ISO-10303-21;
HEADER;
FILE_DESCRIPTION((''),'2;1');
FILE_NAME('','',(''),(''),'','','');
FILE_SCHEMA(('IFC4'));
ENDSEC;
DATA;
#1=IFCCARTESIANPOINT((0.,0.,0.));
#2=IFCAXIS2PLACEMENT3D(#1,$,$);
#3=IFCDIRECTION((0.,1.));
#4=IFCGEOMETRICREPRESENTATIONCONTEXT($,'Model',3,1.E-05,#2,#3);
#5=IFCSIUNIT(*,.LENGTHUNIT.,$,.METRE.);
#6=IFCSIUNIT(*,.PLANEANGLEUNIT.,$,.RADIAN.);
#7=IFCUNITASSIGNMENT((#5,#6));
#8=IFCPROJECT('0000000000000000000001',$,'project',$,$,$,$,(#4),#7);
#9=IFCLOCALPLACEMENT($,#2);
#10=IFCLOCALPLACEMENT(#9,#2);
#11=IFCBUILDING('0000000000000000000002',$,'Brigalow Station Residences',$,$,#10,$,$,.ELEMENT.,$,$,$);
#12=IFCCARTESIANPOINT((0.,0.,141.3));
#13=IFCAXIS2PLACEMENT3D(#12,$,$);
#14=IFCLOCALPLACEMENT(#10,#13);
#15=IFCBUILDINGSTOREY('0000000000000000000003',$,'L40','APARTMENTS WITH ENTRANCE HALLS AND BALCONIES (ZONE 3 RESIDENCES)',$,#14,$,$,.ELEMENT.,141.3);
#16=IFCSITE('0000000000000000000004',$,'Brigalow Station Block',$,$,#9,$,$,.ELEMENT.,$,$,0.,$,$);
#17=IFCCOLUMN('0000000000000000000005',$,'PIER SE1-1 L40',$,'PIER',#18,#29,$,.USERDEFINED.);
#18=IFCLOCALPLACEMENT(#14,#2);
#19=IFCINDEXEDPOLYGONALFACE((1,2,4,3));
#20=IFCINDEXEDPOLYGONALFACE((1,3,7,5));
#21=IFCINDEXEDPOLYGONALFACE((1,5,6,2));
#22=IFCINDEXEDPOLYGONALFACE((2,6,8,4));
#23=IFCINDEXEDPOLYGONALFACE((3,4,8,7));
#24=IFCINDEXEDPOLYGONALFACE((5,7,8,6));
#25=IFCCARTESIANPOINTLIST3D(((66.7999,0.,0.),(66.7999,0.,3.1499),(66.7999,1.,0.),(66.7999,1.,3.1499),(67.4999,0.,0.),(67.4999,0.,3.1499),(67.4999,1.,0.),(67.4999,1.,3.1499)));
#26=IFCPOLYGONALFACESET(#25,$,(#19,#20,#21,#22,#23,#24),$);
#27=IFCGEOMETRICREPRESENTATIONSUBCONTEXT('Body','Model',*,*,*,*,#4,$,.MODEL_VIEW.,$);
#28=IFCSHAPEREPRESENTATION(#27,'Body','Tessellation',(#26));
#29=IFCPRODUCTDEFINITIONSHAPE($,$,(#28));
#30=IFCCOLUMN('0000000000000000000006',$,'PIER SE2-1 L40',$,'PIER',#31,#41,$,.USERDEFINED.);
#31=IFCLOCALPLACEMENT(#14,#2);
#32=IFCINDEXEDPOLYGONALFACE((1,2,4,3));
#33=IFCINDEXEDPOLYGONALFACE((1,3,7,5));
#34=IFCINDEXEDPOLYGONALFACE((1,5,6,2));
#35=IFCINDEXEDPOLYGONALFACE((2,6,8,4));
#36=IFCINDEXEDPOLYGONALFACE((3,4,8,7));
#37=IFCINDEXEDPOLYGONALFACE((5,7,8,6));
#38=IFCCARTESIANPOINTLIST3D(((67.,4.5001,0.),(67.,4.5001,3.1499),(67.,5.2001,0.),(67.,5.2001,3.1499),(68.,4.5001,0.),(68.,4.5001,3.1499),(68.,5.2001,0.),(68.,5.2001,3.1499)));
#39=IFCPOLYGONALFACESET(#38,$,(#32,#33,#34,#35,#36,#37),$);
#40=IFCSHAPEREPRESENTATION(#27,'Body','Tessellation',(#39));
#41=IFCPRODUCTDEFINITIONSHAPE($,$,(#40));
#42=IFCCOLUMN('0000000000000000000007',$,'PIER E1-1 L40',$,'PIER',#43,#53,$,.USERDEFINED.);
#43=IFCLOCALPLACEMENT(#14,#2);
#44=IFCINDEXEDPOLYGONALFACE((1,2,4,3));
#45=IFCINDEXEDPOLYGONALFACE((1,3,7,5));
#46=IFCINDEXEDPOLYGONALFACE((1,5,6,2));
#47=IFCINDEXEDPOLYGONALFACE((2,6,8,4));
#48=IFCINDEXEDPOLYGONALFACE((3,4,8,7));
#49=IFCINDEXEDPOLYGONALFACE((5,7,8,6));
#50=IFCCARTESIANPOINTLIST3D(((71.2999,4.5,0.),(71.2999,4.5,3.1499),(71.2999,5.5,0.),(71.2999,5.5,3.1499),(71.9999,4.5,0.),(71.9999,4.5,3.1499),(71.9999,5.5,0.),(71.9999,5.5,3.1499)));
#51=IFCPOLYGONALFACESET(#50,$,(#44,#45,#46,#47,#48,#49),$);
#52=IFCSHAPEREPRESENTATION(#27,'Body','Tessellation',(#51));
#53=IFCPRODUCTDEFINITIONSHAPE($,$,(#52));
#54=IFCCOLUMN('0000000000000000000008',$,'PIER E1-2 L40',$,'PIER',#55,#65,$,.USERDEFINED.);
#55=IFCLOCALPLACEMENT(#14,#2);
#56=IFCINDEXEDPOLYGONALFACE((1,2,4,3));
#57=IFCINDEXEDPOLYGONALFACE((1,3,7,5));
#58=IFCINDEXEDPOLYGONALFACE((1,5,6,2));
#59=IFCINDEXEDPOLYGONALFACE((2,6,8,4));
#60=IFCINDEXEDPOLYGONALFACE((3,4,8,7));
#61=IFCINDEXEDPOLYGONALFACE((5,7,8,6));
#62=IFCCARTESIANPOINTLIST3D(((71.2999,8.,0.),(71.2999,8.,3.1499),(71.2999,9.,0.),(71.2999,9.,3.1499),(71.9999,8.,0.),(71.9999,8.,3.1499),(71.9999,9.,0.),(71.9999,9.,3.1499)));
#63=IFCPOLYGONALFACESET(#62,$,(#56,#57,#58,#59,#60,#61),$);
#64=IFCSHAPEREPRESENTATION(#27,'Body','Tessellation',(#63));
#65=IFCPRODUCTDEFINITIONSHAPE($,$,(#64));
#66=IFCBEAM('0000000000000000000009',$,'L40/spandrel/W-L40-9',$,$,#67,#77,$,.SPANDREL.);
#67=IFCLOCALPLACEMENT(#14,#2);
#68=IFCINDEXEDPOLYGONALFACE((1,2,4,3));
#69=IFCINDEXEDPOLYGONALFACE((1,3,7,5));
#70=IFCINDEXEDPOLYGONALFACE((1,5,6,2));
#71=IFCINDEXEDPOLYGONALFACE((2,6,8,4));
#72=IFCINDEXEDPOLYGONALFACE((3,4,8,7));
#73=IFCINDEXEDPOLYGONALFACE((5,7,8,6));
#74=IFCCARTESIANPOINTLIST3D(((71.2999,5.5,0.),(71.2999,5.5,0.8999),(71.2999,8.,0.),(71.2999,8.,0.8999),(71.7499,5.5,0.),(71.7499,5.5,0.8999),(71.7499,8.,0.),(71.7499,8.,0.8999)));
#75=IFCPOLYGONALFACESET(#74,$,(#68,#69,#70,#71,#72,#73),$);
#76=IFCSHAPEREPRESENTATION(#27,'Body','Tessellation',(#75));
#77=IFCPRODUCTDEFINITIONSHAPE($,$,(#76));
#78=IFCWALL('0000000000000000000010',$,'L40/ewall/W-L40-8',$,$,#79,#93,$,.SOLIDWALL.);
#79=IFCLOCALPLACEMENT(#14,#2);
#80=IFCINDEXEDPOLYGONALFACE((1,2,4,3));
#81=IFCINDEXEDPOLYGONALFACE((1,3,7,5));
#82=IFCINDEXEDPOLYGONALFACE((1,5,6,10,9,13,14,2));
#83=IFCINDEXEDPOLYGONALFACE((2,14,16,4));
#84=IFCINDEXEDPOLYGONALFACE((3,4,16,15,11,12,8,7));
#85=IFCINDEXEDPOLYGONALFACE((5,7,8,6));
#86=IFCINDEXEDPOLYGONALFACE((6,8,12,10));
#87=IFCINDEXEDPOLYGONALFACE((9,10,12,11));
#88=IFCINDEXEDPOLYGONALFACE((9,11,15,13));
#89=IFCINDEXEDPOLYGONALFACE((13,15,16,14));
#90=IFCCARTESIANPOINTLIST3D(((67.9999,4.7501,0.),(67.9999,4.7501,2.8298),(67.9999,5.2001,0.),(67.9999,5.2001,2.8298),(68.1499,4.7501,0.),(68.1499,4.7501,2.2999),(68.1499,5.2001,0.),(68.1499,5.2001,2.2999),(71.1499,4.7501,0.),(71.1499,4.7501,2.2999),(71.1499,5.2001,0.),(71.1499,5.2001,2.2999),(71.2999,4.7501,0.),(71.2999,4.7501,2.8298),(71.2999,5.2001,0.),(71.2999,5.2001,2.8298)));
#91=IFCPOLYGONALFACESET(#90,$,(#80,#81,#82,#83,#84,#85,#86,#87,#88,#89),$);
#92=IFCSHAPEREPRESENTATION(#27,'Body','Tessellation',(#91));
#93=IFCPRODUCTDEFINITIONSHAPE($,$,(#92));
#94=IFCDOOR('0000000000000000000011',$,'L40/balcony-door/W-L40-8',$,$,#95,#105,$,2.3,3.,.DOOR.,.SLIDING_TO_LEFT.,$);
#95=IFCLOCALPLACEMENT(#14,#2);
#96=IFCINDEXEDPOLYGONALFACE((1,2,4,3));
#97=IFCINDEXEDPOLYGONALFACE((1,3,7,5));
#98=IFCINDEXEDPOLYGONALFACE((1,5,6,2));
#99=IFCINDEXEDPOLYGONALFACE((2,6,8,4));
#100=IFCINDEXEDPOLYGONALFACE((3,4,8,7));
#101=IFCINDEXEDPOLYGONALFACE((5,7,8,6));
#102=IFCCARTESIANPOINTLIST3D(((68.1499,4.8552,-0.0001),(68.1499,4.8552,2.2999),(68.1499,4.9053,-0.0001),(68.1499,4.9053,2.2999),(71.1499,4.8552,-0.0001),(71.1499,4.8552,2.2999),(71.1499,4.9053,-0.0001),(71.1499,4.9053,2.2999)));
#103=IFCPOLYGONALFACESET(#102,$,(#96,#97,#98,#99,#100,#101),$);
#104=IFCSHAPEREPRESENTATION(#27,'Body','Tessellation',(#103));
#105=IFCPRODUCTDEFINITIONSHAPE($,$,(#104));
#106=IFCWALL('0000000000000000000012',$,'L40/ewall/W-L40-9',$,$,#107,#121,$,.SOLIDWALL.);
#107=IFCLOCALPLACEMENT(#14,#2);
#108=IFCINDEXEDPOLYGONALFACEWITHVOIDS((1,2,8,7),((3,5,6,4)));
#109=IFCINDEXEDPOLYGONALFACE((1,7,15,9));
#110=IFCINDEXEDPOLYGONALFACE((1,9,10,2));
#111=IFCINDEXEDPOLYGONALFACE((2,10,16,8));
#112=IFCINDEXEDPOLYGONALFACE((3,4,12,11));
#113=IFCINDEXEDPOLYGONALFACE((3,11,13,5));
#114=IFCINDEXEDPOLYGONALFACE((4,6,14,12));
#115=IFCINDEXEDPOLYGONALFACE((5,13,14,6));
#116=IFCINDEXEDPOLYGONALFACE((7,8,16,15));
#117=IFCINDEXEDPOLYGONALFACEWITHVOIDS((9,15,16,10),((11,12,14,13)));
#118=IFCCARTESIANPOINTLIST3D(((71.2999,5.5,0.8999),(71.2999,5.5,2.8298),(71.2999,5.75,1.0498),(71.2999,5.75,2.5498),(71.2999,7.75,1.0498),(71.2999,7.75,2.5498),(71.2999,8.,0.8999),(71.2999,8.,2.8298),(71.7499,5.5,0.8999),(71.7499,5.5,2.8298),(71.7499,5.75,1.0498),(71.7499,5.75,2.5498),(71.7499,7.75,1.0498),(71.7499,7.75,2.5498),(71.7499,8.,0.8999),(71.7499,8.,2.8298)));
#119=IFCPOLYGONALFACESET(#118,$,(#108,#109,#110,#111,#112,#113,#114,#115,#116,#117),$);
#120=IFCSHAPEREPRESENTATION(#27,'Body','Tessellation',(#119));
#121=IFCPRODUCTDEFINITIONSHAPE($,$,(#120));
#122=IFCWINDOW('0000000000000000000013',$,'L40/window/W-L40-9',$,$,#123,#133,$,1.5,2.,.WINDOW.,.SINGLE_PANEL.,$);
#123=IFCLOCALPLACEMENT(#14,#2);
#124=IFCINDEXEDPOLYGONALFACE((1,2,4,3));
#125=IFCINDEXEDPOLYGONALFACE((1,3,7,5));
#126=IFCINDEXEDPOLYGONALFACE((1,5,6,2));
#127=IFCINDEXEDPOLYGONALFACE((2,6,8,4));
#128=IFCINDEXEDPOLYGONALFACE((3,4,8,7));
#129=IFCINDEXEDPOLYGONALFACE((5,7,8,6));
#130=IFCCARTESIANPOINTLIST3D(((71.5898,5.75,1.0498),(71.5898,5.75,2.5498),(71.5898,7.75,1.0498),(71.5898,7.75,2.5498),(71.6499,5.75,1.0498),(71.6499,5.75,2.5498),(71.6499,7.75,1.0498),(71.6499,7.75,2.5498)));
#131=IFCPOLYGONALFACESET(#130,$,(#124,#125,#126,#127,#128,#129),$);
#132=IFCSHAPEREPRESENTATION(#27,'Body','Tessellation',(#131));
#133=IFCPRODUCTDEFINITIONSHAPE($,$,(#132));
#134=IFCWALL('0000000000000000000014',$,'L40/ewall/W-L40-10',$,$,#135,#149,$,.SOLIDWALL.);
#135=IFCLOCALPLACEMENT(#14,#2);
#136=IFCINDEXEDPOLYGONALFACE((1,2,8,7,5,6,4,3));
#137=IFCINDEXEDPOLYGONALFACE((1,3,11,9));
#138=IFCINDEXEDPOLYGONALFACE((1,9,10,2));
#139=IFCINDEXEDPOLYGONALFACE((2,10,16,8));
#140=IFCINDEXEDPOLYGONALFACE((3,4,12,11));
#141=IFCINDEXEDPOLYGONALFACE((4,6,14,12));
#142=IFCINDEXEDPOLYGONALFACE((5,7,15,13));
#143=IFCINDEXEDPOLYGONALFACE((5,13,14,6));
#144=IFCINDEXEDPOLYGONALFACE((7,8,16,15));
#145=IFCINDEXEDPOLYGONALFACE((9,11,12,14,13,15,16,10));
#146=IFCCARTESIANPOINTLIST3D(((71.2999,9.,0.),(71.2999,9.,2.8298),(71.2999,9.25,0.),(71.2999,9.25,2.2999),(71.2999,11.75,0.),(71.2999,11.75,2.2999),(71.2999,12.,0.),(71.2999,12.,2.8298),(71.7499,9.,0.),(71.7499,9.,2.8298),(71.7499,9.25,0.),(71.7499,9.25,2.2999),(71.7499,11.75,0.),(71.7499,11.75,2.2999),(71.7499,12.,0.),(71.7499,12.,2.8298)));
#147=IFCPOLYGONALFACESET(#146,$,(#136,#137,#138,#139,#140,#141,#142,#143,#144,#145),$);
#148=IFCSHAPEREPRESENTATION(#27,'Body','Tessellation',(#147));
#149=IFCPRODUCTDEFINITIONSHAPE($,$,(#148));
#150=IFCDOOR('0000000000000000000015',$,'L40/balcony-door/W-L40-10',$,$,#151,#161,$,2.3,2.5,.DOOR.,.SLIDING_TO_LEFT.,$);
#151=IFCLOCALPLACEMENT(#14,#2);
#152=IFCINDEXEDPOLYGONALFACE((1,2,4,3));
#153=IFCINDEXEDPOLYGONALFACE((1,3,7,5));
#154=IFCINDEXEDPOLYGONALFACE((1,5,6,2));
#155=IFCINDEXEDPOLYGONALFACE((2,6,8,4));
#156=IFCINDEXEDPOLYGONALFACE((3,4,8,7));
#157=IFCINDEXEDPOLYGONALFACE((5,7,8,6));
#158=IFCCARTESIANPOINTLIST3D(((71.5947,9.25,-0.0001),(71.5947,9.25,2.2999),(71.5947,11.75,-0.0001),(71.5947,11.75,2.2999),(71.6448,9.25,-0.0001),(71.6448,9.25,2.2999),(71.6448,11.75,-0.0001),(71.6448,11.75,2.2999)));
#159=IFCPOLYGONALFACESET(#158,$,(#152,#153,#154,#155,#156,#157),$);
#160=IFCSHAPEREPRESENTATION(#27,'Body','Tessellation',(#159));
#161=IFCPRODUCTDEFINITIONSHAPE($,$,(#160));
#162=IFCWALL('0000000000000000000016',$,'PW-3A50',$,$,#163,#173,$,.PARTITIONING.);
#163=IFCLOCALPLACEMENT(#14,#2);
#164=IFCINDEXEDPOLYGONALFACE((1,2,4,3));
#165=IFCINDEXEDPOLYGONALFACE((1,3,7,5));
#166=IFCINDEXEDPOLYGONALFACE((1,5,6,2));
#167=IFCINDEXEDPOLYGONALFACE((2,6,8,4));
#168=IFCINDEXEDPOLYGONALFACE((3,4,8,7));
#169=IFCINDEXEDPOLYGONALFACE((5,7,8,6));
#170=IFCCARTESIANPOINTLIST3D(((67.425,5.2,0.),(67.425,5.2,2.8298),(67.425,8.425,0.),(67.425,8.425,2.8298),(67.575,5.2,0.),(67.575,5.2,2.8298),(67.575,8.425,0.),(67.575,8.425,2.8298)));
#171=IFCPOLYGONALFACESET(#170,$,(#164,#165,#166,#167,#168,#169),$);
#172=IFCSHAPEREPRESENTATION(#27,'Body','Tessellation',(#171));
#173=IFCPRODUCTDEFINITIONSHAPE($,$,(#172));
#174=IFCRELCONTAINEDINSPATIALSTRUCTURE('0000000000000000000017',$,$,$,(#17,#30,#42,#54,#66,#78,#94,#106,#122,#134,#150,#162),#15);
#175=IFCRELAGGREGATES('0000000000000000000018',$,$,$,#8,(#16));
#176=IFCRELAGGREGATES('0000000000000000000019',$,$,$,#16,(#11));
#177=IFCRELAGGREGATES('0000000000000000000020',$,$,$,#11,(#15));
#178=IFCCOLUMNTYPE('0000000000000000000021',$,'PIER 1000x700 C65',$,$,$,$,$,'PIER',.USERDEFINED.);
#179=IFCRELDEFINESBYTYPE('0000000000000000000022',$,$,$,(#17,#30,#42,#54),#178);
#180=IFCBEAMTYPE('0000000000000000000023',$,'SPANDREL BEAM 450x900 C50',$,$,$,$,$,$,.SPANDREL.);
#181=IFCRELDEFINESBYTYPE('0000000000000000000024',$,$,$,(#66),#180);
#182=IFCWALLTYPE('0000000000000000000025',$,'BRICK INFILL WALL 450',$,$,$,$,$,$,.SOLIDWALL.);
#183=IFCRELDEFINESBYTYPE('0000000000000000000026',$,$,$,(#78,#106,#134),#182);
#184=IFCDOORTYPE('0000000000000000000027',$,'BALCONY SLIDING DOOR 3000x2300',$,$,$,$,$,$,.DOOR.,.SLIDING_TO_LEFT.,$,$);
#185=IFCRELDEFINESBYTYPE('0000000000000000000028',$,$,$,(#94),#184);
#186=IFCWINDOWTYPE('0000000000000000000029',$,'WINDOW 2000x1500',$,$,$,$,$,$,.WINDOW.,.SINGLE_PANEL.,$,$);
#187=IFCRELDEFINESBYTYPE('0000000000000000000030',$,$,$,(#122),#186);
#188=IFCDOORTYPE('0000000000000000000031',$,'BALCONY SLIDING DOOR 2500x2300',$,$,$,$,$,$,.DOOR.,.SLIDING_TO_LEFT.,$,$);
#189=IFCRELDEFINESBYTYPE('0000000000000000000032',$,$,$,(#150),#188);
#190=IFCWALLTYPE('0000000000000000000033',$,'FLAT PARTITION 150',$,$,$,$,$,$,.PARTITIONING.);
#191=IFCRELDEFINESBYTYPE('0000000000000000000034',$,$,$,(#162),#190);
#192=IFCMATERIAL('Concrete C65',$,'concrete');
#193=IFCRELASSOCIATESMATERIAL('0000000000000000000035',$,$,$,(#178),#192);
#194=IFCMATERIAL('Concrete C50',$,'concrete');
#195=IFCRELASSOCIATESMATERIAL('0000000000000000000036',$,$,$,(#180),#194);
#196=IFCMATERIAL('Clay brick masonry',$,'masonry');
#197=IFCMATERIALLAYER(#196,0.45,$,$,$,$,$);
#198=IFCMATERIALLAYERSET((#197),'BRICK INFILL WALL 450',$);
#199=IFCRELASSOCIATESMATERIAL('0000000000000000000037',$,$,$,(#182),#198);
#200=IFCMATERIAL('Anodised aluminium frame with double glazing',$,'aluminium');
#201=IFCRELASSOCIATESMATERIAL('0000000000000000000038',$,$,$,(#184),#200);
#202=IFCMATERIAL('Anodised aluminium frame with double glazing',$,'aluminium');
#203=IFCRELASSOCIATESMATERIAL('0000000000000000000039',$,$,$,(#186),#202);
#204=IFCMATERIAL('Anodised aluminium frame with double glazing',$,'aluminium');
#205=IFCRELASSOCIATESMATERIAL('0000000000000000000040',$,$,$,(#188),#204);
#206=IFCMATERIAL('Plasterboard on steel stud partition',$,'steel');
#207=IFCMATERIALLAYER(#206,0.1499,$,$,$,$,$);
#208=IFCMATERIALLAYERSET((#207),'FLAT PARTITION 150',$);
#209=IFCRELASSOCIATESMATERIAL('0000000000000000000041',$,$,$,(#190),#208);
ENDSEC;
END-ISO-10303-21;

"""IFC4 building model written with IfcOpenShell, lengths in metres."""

from ifc_helpers import new_model, si_unit, direction, frame, frame_2d, origin, origin_2d, place, context, subcontext, project, spatial, rectangle, extrude, material, layer, layer_set, material_profile, profile_set, type_object, element, fill, save


model = new_model("IFC4")

# Units and contexts
model_context = context("Model", 3, precision=1e-05, world=origin(), true_north=direction((0.0, 1.0)))
body_context = subcontext(model_context, "Body", "Model", "MODEL_VIEW")
ifc_project = project(units=[si_unit("LENGTHUNIT", "METRE"), si_unit("PLANEANGLEUNIT", "RADIAN")], contexts=[model_context])

# Site, building, storey
site_placement = place(None, origin())
site = spatial("IfcSite", under=ifc_project, at=site_placement, Name="Brigalow Station Block", CompositionType="ELEMENT", RefElevation=0.0)
building_placement = place(site_placement, origin())
building = spatial("IfcBuilding", under=site, at=building_placement, Name="Brigalow Station Residences", CompositionType="ELEMENT")
storey_placement = place(building_placement, frame((0.0, 0.0, 141.3)))
storey = spatial("IfcBuildingStorey", under=building, at=storey_placement, Name="L40", Description="APARTMENTS WITH ENTRANCE HALLS AND BALCONIES (ZONE 3 RESIDENCES)", CompositionType="ELEMENT", Elevation=141.3)

# Columns
ifc_material_1 = material(Name="Concrete C65", Category="concrete")
ifc_material_profile_1 = material_profile(ifc_material_1, rectangle(XDim=1.0, YDim=0.7, at=origin_2d()), Name="RC1000x700")
ifc_profile_set_1 = profile_set([ifc_material_profile_1], Name="Concrete C65")
column_type = type_object("IfcColumnType", Name="PIER 1000x700 C65", ElementType="PIER", PredefinedType="USERDEFINED", material=ifc_profile_set_1)
for number, where, z_axis, x_axis, name in (
    (1, (67.1499, 0.5, 0.0), (0.0, 0.0, 1.0), (0.0, 1.0, 0.0), "PIER SE1-1 L40"),
    (2, (67.5, 4.8501, 0.0), (0.0, 0.0, 1.0), (1.0, 0.0, 0.0), "PIER SE2-1 L40"),
    (3, (71.6499, 5.0, 0.0), (0.0, 0.0, 1.0), (0.0, 1.0, 0.0), "PIER E1-1 L40"),
    (4, (71.6499, 8.5, 0.0), (0.0, 0.0, 1.0), (0.0, 1.0, 0.0), "PIER E1-2 L40"),
):
    element("IfcColumn", number, at=place(storey_placement, frame(where, z_axis=z_axis, x_axis=x_axis)), inside=storey, type_object=column_type, Name=name, ObjectType="PIER", PredefinedType="USERDEFINED", context=body_context, shape_type="SweptSolid", body=[
        extrude(rectangle(XDim=1.0, YDim=0.7, at=origin_2d()), origin(), (0.0, 0.0, 1.0), 3.1499),
    ])

# Beam
ifc_material_2 = material(Name="Concrete C50", Category="concrete")
ifc_material_profile_2 = material_profile(ifc_material_2, rectangle(XDim=0.45, YDim=0.8999, at=origin_2d()), Name="RC450x900")
ifc_profile_set_2 = profile_set([ifc_material_profile_2], Name="Concrete C50")
beam_type = type_object("IfcBeamType", Name="SPANDREL BEAM 450x900 C50", PredefinedType="SPANDREL", material=ifc_profile_set_2)
beam_placement = place(storey_placement, frame((71.5249, 5.5, 0.45), z_axis=(0.0, 1.0, 0.0), x_axis=(-1.0, 0.0, 0.0)))
element("IfcBeam", 5, at=beam_placement, inside=storey, type_object=beam_type, Name="L40/spandrel/W-L40-9", PredefinedType="SPANDREL", context=body_context, shape_type="SweptSolid", body=[
    extrude(rectangle(XDim=0.45, YDim=0.8999, at=origin_2d()), origin(), (0.0, 0.0, 1.0), 2.5),
])

# Wall, opening, door
ifc_material_3 = material(Name="Clay brick masonry", Category="masonry")
ifc_layer_1 = layer(ifc_material_3, 0.45)
ifc_layer_set_1 = layer_set([ifc_layer_1], Name="BRICK INFILL WALL 450")
wall_type_1 = type_object("IfcWallType", Name="BRICK INFILL WALL 450", PredefinedType="SOLIDWALL", material=ifc_layer_set_1)
wall_1_placement = place(storey_placement, frame((68.0, 4.9751, 0.0), z_axis=(0.0, 0.0, 1.0), x_axis=(1.0, 0.0, 0.0)))
wall_1 = element("IfcWall", 6, at=wall_1_placement, inside=storey, type_object=wall_type_1, Name="L40/ewall/W-L40-8", PredefinedType="SOLIDWALL", context=body_context, shape_type="SweptSolid", body=[
    extrude(rectangle(XDim=3.3, YDim=0.45, at=frame_2d((1.6499, 0.0))), origin(), (0.0, 0.0, 1.0), 2.8298),
])
opening_1_placement = place(wall_1_placement, frame((0.1499, 0.0, 0.0)))
opening_1 = element("IfcOpeningElement", 7, at=opening_1_placement, cuts=wall_1, PredefinedType="OPENING", context=body_context, shape_type="SweptSolid", body=[
    extrude(rectangle(XDim=3.0, YDim=2.3, at=frame_2d((1.5, 1.1499))), frame((0.0, 0.2349, 0.0), z_axis=(0.0, -1.0, 0.0), x_axis=(1.0, 0.0, 0.0)), (0.0, 0.0, 1.0), 0.47),
])
ifc_material_4 = material(Name="Anodised aluminium frame with double glazing", Category="aluminium")
door_type_1 = type_object("IfcDoorType", Name="BALCONY SLIDING DOOR 3000x2300", OperationType="SLIDING_TO_LEFT", PredefinedType="DOOR", material=ifc_material_4)
door_1_placement = place(opening_1_placement, origin())
door_1 = element("IfcDoor", 8, at=door_1_placement, inside=storey, type_object=door_type_1, Name="L40/balcony-door/W-L40-8", OperationType="SLIDING_TO_LEFT", OverallHeight=2.3, OverallWidth=3.0, PredefinedType="DOOR", context=body_context, shape_type="SweptSolid", body=[
    extrude(rectangle(XDim=3.0, YDim=2.3, at=frame_2d((1.5, 1.1499))), frame((0.0, -0.0698, 0.0), z_axis=(0.0, -1.0, 0.0), x_axis=(1.0, 0.0, 0.0)), (0.0, 0.0, 1.0), 0.05),
])
fill(opening_1, door_1)

# Wall, opening, window
wall_2_placement = place(storey_placement, frame((71.5249, 5.5, 0.8999), z_axis=(0.0, 0.0, 1.0), x_axis=(0.0, 1.0, 0.0)))
wall_2 = element("IfcWall", 9, at=wall_2_placement, inside=storey, type_object=wall_type_1, Name="L40/ewall/W-L40-9", PredefinedType="SOLIDWALL", context=body_context, shape_type="SweptSolid", body=[
    extrude(rectangle(XDim=2.5, YDim=0.45, at=frame_2d((1.25, 0.0))), origin(), (0.0, 0.0, 1.0), 1.9299),
])
opening_2_placement = place(wall_2_placement, frame((0.25, 0.0, 0.1499)))
opening_2 = element("IfcOpeningElement", 10, at=opening_2_placement, cuts=wall_2, PredefinedType="OPENING", context=body_context, shape_type="SweptSolid", body=[
    extrude(rectangle(XDim=2.0, YDim=1.5, at=frame_2d((1.0, 0.75))), frame((0.0, 0.2349, 0.0), z_axis=(0.0, -1.0, 0.0), x_axis=(1.0, 0.0, 0.0)), (0.0, 0.0, 1.0), 0.47),
])
ifc_material_5 = material(Name="Anodised aluminium frame with double glazing", Category="aluminium")
window_type = type_object("IfcWindowType", Name="WINDOW 2000x1500", PartitioningType="SINGLE_PANEL", PredefinedType="WINDOW", material=ifc_material_5)
window_placement = place(opening_2_placement, origin())
window = element("IfcWindow", 11, at=window_placement, inside=storey, type_object=window_type, Name="L40/window/W-L40-9", OverallHeight=1.5, OverallWidth=2.0, PartitioningType="SINGLE_PANEL", PredefinedType="WINDOW", context=body_context, shape_type="SweptSolid", body=[
    extrude(rectangle(XDim=2.0, YDim=1.5, at=frame_2d((1.0, 0.75))), frame((0.0, -0.0649, 0.0), z_axis=(0.0, -1.0, 0.0), x_axis=(1.0, 0.0, 0.0)), (0.0, 0.0, 1.0), 0.0601),
])
fill(opening_2, window)

# Wall, opening, door
wall_3_placement = place(storey_placement, frame((71.5249, 9.0, 0.0), z_axis=(0.0, 0.0, 1.0), x_axis=(0.0, 1.0, 0.0)))
wall_3 = element("IfcWall", 12, at=wall_3_placement, inside=storey, type_object=wall_type_1, Name="L40/ewall/W-L40-10", PredefinedType="SOLIDWALL", context=body_context, shape_type="SweptSolid", body=[
    extrude(rectangle(XDim=3.0, YDim=0.45, at=frame_2d((1.5, 0.0))), origin(), (0.0, 0.0, 1.0), 2.8298),
])
opening_3_placement = place(wall_3_placement, frame((0.25, 0.0, 0.0)))
opening_3 = element("IfcOpeningElement", 13, at=opening_3_placement, cuts=wall_3, PredefinedType="OPENING", context=body_context, shape_type="SweptSolid", body=[
    extrude(rectangle(XDim=2.5, YDim=2.3, at=frame_2d((1.25, 1.1499))), frame((0.0, 0.2349, 0.0), z_axis=(0.0, -1.0, 0.0), x_axis=(1.0, 0.0, 0.0)), (0.0, 0.0, 1.0), 0.47),
])
ifc_material_6 = material(Name="Anodised aluminium frame with double glazing", Category="aluminium")
door_type_2 = type_object("IfcDoorType", Name="BALCONY SLIDING DOOR 2500x2300", OperationType="SLIDING_TO_LEFT", PredefinedType="DOOR", material=ifc_material_6)
door_2_placement = place(opening_3_placement, origin())
door_2 = element("IfcDoor", 14, at=door_2_placement, inside=storey, type_object=door_type_2, Name="L40/balcony-door/W-L40-10", OperationType="SLIDING_TO_LEFT", OverallHeight=2.3, OverallWidth=2.5, PredefinedType="DOOR", context=body_context, shape_type="SweptSolid", body=[
    extrude(rectangle(XDim=2.5, YDim=2.3, at=frame_2d((1.25, 1.1499))), frame((0.0, -0.0698, 0.0), z_axis=(0.0, -1.0, 0.0), x_axis=(1.0, 0.0, 0.0)), (0.0, 0.0, 1.0), 0.05),
])
fill(opening_3, door_2)

# Wall
ifc_material_7 = material(Name="Plasterboard on steel stud partition", Category="steel")
ifc_layer_2 = layer(ifc_material_7, 0.1499)
ifc_layer_set_2 = layer_set([ifc_layer_2], Name="FLAT PARTITION 150")
wall_type_2 = type_object("IfcWallType", Name="FLAT PARTITION 150", PredefinedType="PARTITIONING", material=ifc_layer_set_2)
wall_4_placement = place(storey_placement, frame((67.5, 5.2, 0.0), z_axis=(0.0, 0.0, 1.0), x_axis=(0.0, 1.0, 0.0)))
element("IfcWall", 15, at=wall_4_placement, inside=storey, type_object=wall_type_2, Name="PW-3A50", PredefinedType="PARTITIONING", context=body_context, shape_type="SweptSolid", body=[
    extrude(rectangle(XDim=3.2251, YDim=0.1499, at=frame_2d((1.6125, 0.0))), origin(), (0.0, 0.0, 1.0), 2.8298),
])

save(model, "model.ifc")
